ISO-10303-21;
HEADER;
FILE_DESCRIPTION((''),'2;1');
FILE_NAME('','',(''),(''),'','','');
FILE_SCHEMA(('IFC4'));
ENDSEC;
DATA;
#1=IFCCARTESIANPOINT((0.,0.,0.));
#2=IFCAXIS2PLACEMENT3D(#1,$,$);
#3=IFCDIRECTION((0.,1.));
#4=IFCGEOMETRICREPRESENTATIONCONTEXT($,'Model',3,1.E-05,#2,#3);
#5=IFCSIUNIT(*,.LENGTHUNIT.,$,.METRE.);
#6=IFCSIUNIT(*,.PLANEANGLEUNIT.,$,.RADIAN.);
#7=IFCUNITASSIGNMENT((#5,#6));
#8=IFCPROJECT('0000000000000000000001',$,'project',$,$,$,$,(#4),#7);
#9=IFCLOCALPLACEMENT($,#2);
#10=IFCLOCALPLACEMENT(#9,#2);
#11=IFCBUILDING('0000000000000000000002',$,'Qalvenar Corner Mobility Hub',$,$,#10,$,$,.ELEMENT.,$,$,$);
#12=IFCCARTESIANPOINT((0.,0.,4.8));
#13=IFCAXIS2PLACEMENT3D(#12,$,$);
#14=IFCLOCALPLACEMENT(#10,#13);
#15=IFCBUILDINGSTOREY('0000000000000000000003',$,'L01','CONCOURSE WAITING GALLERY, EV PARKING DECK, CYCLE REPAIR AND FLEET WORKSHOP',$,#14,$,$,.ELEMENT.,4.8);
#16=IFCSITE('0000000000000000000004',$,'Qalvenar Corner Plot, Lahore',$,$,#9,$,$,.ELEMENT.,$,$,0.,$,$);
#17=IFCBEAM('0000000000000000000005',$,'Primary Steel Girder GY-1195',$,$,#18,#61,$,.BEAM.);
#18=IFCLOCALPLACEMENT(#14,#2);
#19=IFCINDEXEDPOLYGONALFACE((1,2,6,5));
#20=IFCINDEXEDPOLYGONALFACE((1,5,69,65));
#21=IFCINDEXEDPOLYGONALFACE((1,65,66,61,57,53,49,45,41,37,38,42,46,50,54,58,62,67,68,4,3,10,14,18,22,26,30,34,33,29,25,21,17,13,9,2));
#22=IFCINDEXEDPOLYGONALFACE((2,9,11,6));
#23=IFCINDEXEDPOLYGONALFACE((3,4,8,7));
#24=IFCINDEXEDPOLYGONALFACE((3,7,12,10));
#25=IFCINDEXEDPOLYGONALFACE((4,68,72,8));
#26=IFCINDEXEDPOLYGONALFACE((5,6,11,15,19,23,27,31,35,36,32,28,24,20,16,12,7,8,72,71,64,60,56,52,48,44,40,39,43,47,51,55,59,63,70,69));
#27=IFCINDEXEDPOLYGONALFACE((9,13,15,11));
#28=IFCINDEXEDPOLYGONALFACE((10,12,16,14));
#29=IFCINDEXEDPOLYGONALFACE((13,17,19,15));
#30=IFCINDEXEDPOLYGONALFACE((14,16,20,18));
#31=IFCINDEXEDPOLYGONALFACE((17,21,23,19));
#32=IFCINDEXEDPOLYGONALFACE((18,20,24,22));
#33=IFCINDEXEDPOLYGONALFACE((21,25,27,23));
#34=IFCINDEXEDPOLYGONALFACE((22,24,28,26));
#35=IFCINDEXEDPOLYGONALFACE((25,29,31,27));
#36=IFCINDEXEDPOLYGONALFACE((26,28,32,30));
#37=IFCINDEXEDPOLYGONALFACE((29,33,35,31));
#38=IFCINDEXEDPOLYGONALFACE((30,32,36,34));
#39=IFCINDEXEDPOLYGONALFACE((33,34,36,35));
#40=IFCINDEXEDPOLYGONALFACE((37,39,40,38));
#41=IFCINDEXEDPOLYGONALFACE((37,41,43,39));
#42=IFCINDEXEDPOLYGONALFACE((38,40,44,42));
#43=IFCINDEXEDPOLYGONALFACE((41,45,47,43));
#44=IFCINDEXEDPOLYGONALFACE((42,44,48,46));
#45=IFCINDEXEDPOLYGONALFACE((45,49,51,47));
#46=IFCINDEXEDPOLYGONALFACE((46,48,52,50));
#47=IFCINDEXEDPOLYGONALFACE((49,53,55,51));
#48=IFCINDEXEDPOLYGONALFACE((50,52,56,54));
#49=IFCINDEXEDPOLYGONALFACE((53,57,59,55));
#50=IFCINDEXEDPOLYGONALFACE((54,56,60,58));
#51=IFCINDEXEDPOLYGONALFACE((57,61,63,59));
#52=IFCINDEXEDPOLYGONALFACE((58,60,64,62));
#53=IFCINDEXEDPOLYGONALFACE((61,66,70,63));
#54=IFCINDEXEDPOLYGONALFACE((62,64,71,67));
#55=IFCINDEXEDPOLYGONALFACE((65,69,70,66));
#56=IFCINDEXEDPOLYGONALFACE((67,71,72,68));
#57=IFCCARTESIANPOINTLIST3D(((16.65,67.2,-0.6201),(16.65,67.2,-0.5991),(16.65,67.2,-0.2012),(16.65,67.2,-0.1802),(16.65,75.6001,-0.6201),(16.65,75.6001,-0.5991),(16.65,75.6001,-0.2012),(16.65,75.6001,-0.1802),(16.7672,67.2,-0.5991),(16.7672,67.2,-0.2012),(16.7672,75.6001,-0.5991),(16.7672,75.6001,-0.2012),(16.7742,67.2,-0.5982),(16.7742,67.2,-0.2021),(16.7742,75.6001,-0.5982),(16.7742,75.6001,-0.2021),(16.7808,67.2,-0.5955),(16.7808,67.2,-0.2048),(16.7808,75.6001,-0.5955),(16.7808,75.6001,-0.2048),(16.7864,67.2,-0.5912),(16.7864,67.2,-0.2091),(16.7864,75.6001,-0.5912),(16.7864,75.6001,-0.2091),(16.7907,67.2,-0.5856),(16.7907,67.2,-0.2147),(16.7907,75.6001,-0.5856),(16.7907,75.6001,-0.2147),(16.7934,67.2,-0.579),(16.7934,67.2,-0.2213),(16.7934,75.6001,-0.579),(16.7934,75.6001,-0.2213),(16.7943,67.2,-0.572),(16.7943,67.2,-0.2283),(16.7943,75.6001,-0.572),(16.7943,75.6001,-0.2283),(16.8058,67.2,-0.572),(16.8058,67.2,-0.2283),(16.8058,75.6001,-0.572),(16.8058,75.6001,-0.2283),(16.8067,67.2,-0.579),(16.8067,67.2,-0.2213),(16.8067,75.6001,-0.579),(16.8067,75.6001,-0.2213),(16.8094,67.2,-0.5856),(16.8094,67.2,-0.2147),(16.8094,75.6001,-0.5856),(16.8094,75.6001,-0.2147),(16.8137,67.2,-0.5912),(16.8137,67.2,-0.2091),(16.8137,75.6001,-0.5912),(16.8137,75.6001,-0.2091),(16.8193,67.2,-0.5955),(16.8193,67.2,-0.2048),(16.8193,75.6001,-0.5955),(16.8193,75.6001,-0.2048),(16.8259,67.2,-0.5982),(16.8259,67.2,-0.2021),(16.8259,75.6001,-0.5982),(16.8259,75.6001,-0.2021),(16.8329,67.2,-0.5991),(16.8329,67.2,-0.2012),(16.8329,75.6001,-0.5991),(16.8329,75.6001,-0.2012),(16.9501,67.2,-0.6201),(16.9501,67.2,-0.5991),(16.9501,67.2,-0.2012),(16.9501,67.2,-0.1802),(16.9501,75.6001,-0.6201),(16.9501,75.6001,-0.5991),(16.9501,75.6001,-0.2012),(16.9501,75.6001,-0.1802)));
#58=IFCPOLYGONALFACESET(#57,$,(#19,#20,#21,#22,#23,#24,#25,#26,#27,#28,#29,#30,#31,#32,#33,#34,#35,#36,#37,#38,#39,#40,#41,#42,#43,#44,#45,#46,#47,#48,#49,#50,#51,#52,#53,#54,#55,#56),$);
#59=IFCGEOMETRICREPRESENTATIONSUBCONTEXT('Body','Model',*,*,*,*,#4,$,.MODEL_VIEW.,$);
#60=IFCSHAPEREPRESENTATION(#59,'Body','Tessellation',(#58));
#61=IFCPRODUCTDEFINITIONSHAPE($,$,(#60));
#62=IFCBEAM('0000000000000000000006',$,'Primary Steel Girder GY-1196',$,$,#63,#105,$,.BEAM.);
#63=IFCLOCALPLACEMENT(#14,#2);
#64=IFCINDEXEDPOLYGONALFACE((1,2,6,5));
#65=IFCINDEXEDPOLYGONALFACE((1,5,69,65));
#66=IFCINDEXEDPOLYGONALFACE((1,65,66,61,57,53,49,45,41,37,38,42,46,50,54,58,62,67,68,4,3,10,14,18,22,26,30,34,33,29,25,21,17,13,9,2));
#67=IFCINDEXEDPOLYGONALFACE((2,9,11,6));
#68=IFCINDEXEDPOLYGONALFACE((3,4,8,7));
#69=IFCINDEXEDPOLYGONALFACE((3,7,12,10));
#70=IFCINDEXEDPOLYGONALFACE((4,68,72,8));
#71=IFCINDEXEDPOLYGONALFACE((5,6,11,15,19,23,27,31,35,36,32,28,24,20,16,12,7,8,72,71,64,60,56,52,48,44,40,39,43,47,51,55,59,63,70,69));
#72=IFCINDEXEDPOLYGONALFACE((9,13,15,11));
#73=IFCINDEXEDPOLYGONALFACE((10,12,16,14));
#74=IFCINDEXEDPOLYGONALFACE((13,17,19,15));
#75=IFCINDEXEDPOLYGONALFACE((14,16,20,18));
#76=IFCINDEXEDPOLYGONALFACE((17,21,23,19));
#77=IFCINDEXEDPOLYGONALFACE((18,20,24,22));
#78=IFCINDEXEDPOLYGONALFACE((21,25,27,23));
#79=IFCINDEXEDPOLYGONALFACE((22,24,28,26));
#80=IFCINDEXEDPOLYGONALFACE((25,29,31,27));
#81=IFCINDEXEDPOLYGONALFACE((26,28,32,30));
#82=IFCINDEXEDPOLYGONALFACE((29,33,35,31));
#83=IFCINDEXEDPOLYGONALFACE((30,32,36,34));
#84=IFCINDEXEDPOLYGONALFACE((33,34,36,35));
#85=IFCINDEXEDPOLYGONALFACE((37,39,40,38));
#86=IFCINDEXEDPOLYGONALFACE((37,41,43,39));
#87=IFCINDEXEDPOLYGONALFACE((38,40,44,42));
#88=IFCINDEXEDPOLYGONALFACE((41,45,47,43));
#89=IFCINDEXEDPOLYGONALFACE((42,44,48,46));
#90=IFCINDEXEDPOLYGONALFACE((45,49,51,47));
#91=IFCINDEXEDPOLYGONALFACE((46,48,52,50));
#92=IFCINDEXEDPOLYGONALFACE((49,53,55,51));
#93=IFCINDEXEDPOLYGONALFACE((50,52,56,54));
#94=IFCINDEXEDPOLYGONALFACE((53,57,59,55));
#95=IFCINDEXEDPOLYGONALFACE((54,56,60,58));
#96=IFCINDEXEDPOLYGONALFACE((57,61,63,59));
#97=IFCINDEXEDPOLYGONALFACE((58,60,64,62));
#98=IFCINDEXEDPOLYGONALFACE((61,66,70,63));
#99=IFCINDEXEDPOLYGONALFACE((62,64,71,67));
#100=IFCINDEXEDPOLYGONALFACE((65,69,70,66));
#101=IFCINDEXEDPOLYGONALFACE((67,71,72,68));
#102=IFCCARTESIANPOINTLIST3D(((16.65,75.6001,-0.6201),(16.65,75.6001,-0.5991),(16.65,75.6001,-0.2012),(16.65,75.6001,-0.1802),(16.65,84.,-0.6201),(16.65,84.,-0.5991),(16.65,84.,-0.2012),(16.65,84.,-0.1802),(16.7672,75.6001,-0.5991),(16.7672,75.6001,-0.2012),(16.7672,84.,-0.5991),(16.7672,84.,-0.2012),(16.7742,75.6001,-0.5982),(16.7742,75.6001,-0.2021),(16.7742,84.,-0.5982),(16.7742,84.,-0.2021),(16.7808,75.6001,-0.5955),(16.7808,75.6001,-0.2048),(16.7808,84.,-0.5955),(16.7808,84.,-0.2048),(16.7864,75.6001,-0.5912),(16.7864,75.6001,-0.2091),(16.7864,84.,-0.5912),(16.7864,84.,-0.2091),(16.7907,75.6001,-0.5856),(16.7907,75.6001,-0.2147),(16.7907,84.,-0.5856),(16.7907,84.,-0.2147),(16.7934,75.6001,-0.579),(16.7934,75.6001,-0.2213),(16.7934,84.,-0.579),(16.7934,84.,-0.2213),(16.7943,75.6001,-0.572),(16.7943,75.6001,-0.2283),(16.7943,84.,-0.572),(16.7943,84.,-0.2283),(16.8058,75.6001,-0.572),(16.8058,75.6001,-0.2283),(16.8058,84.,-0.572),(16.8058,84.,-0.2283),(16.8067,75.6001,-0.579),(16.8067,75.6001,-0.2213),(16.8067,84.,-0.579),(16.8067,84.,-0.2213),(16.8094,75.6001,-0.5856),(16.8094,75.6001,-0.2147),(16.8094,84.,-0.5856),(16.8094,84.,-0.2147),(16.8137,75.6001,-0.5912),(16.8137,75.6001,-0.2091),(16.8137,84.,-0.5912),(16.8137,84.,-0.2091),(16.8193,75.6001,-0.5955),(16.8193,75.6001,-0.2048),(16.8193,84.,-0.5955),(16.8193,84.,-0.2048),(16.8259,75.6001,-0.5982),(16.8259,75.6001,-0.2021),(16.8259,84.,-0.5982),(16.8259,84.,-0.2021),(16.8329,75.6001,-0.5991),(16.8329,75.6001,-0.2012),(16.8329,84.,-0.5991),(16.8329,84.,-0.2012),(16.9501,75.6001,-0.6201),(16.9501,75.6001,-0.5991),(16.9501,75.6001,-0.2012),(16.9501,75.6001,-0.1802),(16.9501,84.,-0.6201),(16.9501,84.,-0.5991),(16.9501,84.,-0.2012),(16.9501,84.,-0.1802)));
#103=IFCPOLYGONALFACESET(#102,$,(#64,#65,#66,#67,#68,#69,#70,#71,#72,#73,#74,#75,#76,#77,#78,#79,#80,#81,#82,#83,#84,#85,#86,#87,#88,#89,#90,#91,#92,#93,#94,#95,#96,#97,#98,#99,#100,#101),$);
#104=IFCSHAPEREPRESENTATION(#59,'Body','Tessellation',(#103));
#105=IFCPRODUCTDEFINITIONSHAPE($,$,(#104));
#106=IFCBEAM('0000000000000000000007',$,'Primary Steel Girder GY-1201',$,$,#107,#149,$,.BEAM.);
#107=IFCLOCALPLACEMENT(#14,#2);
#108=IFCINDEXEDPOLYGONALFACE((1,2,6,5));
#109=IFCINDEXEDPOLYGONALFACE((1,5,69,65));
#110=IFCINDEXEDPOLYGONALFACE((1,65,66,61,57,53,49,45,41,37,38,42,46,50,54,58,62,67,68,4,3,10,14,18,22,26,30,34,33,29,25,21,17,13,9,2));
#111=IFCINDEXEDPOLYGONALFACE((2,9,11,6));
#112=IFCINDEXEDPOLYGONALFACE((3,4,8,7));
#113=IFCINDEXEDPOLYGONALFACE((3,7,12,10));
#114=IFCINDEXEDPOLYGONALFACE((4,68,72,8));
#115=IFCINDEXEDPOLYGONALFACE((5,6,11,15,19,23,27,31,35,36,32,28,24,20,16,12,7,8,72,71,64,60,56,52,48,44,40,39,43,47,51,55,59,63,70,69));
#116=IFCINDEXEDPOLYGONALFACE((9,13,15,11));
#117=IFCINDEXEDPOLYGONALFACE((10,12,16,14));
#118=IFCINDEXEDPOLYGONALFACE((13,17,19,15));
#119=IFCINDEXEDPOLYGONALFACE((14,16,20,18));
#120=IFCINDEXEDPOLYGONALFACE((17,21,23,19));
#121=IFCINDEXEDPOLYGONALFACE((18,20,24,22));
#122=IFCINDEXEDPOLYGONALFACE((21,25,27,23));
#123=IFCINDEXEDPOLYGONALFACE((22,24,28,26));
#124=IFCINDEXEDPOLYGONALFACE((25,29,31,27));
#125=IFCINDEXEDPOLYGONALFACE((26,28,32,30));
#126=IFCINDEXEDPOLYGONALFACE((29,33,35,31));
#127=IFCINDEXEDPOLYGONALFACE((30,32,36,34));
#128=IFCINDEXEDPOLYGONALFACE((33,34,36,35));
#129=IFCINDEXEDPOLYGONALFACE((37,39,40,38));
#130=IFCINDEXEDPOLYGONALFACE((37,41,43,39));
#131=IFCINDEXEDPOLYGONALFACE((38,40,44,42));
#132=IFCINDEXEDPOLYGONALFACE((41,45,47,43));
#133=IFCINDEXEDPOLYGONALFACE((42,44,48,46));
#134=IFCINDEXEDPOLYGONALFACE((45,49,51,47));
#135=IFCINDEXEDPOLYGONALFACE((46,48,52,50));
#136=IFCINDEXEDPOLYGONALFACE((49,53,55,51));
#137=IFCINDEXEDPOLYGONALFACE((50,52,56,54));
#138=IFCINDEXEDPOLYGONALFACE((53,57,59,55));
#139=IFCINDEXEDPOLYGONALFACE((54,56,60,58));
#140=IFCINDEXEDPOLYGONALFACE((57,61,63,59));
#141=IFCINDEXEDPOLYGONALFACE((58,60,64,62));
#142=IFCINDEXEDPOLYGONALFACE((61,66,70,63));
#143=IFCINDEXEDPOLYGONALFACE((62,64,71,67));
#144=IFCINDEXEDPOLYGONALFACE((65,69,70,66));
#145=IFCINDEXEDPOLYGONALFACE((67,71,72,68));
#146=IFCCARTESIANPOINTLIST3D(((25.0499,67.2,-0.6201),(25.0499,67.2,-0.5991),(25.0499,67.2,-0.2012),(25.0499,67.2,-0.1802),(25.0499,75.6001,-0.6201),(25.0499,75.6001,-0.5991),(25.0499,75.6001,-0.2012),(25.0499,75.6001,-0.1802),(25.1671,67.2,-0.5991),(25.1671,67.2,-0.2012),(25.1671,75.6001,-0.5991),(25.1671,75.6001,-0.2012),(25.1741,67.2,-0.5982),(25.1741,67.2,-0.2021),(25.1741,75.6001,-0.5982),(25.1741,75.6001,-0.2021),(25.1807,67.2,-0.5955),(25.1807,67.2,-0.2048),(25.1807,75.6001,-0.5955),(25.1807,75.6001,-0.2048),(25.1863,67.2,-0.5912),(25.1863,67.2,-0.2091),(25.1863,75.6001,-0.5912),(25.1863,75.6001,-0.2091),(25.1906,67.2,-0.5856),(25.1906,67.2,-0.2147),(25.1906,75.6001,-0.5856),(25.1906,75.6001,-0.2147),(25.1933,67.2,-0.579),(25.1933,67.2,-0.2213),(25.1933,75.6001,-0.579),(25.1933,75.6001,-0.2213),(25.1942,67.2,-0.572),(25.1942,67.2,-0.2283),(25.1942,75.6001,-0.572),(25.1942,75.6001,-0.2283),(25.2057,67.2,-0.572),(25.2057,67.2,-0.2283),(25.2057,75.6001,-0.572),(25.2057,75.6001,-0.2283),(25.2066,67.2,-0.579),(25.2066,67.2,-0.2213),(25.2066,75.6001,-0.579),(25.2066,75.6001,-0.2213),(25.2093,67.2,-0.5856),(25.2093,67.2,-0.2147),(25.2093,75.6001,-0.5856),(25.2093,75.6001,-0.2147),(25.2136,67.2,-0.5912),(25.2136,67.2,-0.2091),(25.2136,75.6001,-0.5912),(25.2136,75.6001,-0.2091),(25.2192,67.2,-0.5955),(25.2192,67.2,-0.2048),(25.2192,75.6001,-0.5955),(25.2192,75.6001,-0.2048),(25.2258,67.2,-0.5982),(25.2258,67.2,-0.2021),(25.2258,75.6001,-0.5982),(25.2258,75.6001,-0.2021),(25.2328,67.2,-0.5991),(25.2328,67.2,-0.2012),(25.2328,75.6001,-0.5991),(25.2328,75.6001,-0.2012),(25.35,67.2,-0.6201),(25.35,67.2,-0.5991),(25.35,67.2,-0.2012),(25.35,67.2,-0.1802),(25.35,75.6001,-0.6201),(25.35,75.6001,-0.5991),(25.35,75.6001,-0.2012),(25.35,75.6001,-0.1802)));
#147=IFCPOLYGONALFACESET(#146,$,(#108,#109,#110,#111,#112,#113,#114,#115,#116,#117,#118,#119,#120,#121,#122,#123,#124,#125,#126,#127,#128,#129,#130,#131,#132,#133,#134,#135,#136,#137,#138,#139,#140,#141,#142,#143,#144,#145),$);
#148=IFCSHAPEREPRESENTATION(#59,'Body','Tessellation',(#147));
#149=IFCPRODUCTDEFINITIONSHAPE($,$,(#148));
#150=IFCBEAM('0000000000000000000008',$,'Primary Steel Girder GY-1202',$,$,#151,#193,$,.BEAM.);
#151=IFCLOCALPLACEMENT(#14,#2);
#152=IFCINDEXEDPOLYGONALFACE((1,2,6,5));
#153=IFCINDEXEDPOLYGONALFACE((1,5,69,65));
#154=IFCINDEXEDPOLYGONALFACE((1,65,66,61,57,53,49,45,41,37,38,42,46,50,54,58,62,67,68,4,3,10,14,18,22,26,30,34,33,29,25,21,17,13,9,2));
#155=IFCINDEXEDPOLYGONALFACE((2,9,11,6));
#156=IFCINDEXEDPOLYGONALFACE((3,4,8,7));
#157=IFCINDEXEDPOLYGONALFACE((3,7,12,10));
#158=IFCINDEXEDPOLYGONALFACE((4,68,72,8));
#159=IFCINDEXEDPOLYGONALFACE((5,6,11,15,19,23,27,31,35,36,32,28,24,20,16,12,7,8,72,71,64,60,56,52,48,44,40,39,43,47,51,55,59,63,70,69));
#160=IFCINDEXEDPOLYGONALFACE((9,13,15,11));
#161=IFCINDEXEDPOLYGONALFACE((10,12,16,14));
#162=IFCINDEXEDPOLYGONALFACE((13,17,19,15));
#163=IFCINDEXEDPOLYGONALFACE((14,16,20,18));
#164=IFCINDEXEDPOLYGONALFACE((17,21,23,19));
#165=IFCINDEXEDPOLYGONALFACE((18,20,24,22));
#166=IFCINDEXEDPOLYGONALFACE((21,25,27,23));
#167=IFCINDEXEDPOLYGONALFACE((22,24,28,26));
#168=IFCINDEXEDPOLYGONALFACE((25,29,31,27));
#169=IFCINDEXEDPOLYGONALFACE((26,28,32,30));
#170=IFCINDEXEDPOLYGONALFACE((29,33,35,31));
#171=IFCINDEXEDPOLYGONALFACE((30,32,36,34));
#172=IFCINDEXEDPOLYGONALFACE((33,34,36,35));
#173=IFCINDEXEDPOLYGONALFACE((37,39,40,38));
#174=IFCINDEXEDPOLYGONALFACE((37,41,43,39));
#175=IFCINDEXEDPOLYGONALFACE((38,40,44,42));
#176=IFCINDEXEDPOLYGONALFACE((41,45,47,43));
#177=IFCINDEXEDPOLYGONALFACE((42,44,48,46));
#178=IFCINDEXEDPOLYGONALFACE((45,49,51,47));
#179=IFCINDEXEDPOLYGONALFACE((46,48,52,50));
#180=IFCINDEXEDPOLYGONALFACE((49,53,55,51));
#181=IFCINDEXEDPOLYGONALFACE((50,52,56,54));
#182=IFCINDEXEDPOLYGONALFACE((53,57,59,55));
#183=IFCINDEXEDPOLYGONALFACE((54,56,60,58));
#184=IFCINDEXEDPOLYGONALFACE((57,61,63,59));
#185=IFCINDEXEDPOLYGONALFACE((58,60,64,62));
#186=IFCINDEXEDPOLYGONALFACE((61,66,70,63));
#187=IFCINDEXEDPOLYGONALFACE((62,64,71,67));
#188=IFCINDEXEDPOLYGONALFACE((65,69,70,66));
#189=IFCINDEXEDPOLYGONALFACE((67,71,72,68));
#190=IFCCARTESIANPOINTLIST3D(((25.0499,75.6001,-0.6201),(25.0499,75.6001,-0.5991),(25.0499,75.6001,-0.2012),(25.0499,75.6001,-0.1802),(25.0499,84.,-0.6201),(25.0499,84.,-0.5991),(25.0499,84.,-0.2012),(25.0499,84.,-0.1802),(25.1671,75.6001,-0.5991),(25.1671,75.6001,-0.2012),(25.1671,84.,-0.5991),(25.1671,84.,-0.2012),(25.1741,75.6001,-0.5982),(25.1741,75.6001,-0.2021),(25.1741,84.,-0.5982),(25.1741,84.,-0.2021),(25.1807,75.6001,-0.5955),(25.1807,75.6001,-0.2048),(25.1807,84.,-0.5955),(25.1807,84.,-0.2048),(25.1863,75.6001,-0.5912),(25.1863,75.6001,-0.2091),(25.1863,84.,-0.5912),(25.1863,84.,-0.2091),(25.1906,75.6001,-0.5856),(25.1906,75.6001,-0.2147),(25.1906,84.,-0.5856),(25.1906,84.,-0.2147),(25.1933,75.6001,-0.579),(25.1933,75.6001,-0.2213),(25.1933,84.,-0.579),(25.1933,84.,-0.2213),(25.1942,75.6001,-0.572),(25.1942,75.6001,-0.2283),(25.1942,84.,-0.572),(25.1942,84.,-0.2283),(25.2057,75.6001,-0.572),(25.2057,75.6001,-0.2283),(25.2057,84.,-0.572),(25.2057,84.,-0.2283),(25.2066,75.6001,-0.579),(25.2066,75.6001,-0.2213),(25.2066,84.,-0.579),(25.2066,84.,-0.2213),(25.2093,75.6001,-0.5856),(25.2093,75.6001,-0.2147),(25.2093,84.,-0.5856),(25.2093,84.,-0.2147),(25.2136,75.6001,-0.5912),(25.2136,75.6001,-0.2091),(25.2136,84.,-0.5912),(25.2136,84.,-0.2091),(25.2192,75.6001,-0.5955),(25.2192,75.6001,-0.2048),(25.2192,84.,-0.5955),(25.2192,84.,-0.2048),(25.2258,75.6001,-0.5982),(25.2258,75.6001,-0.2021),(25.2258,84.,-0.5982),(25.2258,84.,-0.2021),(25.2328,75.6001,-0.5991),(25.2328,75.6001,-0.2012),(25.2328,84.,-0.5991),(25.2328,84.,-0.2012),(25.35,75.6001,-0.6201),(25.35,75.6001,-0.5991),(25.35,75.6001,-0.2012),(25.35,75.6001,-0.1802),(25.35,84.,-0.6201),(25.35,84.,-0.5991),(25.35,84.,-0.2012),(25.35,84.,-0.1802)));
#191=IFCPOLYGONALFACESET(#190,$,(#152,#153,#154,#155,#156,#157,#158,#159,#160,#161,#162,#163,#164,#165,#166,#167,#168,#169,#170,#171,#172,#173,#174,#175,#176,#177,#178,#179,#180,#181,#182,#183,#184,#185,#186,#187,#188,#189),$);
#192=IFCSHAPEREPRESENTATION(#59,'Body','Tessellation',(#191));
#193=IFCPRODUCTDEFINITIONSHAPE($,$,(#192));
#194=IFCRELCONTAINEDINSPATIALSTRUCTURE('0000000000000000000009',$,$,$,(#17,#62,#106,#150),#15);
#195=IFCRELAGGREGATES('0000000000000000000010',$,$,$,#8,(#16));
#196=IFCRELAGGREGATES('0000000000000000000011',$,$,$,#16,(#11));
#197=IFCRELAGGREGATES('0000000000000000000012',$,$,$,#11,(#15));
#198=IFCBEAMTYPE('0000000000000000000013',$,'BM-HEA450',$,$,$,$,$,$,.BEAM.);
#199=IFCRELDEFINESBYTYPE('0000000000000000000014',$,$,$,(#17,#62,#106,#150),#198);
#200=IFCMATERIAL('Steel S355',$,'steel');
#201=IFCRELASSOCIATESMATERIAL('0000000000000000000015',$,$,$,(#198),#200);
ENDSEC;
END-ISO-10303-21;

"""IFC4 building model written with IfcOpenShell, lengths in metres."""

from ifc_helpers import new_model, si_unit, direction, frame, origin, origin_2d, place, context, subcontext, project, spatial, i_section, extrude, material, material_profile, profile_set, type_object, element, save


model = new_model("IFC4")

# Units and contexts
model_context = context("Model", 3, precision=1e-05, world=origin(), true_north=direction((0.0, 1.0)))
body_context = subcontext(model_context, "Body", "Model", "MODEL_VIEW")
ifc_project = project(units=[si_unit("LENGTHUNIT", "METRE"), si_unit("PLANEANGLEUNIT", "RADIAN")], contexts=[model_context])

# Site, building, storey
site_placement = place(None, origin())
site = spatial("IfcSite", under=ifc_project, at=site_placement, Name="Qalvenar Corner Plot, Lahore", CompositionType="ELEMENT", RefElevation=0.0)
building_placement = place(site_placement, origin())
building = spatial("IfcBuilding", under=site, at=building_placement, Name="Qalvenar Corner Mobility Hub", CompositionType="ELEMENT")
storey_placement = place(building_placement, frame((0.0, 0.0, 4.8)))
storey = spatial("IfcBuildingStorey", under=building, at=storey_placement, Name="L01", Description="CONCOURSE WAITING GALLERY, EV PARKING DECK, CYCLE REPAIR AND FLEET WORKSHOP", CompositionType="ELEMENT", Elevation=4.8)

# Shared definitions
ifc_material_1 = material(Name="Steel S355", Category="steel")

# Beams
ifc_material_profile_1 = material_profile(ifc_material_1, i_section(OverallWidth=0.3, OverallDepth=0.4399, WebThickness=0.0115, FlangeThickness=0.021, FilletRadius=0.0271, at=origin_2d()), Name="HEA450")
ifc_profile_set_1 = profile_set([ifc_material_profile_1], Name="Steel S355")
beam_type_1 = type_object("IfcBeamType", Name="BM-HEA450", PredefinedType="BEAM", material=ifc_profile_set_1)
beam_1_placement = place(storey_placement, frame((16.8, 67.2, -0.4001), z_axis=(0.0, 1.0, 0.0), x_axis=(-1.0, 0.0, 0.0)))
element("IfcBeam", 1, at=beam_1_placement, inside=storey, type_object=beam_type_1, Name="Primary Steel Girder GY-1195", PredefinedType="BEAM", context=body_context, shape_type="SweptSolid", body=[
    extrude(i_section(OverallWidth=0.3, OverallDepth=0.4399, WebThickness=0.0115, FlangeThickness=0.021, FilletRadius=0.0271, at=origin_2d()), origin(), (0.0, 0.0, 1.0), 8.4001),
])
beam_2_placement = place(storey_placement, frame((16.8, 75.6001, -0.4001), z_axis=(0.0, 1.0, 0.0), x_axis=(-1.0, 0.0, 0.0)))
element("IfcBeam", 2, at=beam_2_placement, inside=storey, type_object=beam_type_1, Name="Primary Steel Girder GY-1196", PredefinedType="BEAM", context=body_context, shape_type="SweptSolid", body=[
    extrude(i_section(OverallWidth=0.3, OverallDepth=0.4399, WebThickness=0.0115, FlangeThickness=0.021, FilletRadius=0.0271, at=origin_2d()), origin(), (0.0, 0.0, 1.0), 8.3999),
])
beam_3_placement = place(storey_placement, frame((25.2, 67.2, -0.4001), z_axis=(0.0, 1.0, 0.0), x_axis=(-1.0, 0.0, 0.0)))
element("IfcBeam", 3, at=beam_3_placement, inside=storey, type_object=beam_type_1, Name="Primary Steel Girder GY-1201", PredefinedType="BEAM", context=body_context, shape_type="SweptSolid", body=[
    extrude(i_section(OverallWidth=0.3, OverallDepth=0.4399, WebThickness=0.0115, FlangeThickness=0.021, FilletRadius=0.0271, at=origin_2d()), origin(), (0.0, 0.0, 1.0), 8.4001),
])
beam_4_placement = place(storey_placement, frame((25.2, 75.6001, -0.4001), z_axis=(0.0, 1.0, 0.0), x_axis=(-1.0, 0.0, 0.0)))
element("IfcBeam", 4, at=beam_4_placement, inside=storey, type_object=beam_type_1, Name="Primary Steel Girder GY-1202", PredefinedType="BEAM", context=body_context, shape_type="SweptSolid", body=[
    extrude(i_section(OverallWidth=0.3, OverallDepth=0.4399, WebThickness=0.0115, FlangeThickness=0.021, FilletRadius=0.0271, at=origin_2d()), origin(), (0.0, 0.0, 1.0), 8.3999),
])

save(model, "model.ifc")
